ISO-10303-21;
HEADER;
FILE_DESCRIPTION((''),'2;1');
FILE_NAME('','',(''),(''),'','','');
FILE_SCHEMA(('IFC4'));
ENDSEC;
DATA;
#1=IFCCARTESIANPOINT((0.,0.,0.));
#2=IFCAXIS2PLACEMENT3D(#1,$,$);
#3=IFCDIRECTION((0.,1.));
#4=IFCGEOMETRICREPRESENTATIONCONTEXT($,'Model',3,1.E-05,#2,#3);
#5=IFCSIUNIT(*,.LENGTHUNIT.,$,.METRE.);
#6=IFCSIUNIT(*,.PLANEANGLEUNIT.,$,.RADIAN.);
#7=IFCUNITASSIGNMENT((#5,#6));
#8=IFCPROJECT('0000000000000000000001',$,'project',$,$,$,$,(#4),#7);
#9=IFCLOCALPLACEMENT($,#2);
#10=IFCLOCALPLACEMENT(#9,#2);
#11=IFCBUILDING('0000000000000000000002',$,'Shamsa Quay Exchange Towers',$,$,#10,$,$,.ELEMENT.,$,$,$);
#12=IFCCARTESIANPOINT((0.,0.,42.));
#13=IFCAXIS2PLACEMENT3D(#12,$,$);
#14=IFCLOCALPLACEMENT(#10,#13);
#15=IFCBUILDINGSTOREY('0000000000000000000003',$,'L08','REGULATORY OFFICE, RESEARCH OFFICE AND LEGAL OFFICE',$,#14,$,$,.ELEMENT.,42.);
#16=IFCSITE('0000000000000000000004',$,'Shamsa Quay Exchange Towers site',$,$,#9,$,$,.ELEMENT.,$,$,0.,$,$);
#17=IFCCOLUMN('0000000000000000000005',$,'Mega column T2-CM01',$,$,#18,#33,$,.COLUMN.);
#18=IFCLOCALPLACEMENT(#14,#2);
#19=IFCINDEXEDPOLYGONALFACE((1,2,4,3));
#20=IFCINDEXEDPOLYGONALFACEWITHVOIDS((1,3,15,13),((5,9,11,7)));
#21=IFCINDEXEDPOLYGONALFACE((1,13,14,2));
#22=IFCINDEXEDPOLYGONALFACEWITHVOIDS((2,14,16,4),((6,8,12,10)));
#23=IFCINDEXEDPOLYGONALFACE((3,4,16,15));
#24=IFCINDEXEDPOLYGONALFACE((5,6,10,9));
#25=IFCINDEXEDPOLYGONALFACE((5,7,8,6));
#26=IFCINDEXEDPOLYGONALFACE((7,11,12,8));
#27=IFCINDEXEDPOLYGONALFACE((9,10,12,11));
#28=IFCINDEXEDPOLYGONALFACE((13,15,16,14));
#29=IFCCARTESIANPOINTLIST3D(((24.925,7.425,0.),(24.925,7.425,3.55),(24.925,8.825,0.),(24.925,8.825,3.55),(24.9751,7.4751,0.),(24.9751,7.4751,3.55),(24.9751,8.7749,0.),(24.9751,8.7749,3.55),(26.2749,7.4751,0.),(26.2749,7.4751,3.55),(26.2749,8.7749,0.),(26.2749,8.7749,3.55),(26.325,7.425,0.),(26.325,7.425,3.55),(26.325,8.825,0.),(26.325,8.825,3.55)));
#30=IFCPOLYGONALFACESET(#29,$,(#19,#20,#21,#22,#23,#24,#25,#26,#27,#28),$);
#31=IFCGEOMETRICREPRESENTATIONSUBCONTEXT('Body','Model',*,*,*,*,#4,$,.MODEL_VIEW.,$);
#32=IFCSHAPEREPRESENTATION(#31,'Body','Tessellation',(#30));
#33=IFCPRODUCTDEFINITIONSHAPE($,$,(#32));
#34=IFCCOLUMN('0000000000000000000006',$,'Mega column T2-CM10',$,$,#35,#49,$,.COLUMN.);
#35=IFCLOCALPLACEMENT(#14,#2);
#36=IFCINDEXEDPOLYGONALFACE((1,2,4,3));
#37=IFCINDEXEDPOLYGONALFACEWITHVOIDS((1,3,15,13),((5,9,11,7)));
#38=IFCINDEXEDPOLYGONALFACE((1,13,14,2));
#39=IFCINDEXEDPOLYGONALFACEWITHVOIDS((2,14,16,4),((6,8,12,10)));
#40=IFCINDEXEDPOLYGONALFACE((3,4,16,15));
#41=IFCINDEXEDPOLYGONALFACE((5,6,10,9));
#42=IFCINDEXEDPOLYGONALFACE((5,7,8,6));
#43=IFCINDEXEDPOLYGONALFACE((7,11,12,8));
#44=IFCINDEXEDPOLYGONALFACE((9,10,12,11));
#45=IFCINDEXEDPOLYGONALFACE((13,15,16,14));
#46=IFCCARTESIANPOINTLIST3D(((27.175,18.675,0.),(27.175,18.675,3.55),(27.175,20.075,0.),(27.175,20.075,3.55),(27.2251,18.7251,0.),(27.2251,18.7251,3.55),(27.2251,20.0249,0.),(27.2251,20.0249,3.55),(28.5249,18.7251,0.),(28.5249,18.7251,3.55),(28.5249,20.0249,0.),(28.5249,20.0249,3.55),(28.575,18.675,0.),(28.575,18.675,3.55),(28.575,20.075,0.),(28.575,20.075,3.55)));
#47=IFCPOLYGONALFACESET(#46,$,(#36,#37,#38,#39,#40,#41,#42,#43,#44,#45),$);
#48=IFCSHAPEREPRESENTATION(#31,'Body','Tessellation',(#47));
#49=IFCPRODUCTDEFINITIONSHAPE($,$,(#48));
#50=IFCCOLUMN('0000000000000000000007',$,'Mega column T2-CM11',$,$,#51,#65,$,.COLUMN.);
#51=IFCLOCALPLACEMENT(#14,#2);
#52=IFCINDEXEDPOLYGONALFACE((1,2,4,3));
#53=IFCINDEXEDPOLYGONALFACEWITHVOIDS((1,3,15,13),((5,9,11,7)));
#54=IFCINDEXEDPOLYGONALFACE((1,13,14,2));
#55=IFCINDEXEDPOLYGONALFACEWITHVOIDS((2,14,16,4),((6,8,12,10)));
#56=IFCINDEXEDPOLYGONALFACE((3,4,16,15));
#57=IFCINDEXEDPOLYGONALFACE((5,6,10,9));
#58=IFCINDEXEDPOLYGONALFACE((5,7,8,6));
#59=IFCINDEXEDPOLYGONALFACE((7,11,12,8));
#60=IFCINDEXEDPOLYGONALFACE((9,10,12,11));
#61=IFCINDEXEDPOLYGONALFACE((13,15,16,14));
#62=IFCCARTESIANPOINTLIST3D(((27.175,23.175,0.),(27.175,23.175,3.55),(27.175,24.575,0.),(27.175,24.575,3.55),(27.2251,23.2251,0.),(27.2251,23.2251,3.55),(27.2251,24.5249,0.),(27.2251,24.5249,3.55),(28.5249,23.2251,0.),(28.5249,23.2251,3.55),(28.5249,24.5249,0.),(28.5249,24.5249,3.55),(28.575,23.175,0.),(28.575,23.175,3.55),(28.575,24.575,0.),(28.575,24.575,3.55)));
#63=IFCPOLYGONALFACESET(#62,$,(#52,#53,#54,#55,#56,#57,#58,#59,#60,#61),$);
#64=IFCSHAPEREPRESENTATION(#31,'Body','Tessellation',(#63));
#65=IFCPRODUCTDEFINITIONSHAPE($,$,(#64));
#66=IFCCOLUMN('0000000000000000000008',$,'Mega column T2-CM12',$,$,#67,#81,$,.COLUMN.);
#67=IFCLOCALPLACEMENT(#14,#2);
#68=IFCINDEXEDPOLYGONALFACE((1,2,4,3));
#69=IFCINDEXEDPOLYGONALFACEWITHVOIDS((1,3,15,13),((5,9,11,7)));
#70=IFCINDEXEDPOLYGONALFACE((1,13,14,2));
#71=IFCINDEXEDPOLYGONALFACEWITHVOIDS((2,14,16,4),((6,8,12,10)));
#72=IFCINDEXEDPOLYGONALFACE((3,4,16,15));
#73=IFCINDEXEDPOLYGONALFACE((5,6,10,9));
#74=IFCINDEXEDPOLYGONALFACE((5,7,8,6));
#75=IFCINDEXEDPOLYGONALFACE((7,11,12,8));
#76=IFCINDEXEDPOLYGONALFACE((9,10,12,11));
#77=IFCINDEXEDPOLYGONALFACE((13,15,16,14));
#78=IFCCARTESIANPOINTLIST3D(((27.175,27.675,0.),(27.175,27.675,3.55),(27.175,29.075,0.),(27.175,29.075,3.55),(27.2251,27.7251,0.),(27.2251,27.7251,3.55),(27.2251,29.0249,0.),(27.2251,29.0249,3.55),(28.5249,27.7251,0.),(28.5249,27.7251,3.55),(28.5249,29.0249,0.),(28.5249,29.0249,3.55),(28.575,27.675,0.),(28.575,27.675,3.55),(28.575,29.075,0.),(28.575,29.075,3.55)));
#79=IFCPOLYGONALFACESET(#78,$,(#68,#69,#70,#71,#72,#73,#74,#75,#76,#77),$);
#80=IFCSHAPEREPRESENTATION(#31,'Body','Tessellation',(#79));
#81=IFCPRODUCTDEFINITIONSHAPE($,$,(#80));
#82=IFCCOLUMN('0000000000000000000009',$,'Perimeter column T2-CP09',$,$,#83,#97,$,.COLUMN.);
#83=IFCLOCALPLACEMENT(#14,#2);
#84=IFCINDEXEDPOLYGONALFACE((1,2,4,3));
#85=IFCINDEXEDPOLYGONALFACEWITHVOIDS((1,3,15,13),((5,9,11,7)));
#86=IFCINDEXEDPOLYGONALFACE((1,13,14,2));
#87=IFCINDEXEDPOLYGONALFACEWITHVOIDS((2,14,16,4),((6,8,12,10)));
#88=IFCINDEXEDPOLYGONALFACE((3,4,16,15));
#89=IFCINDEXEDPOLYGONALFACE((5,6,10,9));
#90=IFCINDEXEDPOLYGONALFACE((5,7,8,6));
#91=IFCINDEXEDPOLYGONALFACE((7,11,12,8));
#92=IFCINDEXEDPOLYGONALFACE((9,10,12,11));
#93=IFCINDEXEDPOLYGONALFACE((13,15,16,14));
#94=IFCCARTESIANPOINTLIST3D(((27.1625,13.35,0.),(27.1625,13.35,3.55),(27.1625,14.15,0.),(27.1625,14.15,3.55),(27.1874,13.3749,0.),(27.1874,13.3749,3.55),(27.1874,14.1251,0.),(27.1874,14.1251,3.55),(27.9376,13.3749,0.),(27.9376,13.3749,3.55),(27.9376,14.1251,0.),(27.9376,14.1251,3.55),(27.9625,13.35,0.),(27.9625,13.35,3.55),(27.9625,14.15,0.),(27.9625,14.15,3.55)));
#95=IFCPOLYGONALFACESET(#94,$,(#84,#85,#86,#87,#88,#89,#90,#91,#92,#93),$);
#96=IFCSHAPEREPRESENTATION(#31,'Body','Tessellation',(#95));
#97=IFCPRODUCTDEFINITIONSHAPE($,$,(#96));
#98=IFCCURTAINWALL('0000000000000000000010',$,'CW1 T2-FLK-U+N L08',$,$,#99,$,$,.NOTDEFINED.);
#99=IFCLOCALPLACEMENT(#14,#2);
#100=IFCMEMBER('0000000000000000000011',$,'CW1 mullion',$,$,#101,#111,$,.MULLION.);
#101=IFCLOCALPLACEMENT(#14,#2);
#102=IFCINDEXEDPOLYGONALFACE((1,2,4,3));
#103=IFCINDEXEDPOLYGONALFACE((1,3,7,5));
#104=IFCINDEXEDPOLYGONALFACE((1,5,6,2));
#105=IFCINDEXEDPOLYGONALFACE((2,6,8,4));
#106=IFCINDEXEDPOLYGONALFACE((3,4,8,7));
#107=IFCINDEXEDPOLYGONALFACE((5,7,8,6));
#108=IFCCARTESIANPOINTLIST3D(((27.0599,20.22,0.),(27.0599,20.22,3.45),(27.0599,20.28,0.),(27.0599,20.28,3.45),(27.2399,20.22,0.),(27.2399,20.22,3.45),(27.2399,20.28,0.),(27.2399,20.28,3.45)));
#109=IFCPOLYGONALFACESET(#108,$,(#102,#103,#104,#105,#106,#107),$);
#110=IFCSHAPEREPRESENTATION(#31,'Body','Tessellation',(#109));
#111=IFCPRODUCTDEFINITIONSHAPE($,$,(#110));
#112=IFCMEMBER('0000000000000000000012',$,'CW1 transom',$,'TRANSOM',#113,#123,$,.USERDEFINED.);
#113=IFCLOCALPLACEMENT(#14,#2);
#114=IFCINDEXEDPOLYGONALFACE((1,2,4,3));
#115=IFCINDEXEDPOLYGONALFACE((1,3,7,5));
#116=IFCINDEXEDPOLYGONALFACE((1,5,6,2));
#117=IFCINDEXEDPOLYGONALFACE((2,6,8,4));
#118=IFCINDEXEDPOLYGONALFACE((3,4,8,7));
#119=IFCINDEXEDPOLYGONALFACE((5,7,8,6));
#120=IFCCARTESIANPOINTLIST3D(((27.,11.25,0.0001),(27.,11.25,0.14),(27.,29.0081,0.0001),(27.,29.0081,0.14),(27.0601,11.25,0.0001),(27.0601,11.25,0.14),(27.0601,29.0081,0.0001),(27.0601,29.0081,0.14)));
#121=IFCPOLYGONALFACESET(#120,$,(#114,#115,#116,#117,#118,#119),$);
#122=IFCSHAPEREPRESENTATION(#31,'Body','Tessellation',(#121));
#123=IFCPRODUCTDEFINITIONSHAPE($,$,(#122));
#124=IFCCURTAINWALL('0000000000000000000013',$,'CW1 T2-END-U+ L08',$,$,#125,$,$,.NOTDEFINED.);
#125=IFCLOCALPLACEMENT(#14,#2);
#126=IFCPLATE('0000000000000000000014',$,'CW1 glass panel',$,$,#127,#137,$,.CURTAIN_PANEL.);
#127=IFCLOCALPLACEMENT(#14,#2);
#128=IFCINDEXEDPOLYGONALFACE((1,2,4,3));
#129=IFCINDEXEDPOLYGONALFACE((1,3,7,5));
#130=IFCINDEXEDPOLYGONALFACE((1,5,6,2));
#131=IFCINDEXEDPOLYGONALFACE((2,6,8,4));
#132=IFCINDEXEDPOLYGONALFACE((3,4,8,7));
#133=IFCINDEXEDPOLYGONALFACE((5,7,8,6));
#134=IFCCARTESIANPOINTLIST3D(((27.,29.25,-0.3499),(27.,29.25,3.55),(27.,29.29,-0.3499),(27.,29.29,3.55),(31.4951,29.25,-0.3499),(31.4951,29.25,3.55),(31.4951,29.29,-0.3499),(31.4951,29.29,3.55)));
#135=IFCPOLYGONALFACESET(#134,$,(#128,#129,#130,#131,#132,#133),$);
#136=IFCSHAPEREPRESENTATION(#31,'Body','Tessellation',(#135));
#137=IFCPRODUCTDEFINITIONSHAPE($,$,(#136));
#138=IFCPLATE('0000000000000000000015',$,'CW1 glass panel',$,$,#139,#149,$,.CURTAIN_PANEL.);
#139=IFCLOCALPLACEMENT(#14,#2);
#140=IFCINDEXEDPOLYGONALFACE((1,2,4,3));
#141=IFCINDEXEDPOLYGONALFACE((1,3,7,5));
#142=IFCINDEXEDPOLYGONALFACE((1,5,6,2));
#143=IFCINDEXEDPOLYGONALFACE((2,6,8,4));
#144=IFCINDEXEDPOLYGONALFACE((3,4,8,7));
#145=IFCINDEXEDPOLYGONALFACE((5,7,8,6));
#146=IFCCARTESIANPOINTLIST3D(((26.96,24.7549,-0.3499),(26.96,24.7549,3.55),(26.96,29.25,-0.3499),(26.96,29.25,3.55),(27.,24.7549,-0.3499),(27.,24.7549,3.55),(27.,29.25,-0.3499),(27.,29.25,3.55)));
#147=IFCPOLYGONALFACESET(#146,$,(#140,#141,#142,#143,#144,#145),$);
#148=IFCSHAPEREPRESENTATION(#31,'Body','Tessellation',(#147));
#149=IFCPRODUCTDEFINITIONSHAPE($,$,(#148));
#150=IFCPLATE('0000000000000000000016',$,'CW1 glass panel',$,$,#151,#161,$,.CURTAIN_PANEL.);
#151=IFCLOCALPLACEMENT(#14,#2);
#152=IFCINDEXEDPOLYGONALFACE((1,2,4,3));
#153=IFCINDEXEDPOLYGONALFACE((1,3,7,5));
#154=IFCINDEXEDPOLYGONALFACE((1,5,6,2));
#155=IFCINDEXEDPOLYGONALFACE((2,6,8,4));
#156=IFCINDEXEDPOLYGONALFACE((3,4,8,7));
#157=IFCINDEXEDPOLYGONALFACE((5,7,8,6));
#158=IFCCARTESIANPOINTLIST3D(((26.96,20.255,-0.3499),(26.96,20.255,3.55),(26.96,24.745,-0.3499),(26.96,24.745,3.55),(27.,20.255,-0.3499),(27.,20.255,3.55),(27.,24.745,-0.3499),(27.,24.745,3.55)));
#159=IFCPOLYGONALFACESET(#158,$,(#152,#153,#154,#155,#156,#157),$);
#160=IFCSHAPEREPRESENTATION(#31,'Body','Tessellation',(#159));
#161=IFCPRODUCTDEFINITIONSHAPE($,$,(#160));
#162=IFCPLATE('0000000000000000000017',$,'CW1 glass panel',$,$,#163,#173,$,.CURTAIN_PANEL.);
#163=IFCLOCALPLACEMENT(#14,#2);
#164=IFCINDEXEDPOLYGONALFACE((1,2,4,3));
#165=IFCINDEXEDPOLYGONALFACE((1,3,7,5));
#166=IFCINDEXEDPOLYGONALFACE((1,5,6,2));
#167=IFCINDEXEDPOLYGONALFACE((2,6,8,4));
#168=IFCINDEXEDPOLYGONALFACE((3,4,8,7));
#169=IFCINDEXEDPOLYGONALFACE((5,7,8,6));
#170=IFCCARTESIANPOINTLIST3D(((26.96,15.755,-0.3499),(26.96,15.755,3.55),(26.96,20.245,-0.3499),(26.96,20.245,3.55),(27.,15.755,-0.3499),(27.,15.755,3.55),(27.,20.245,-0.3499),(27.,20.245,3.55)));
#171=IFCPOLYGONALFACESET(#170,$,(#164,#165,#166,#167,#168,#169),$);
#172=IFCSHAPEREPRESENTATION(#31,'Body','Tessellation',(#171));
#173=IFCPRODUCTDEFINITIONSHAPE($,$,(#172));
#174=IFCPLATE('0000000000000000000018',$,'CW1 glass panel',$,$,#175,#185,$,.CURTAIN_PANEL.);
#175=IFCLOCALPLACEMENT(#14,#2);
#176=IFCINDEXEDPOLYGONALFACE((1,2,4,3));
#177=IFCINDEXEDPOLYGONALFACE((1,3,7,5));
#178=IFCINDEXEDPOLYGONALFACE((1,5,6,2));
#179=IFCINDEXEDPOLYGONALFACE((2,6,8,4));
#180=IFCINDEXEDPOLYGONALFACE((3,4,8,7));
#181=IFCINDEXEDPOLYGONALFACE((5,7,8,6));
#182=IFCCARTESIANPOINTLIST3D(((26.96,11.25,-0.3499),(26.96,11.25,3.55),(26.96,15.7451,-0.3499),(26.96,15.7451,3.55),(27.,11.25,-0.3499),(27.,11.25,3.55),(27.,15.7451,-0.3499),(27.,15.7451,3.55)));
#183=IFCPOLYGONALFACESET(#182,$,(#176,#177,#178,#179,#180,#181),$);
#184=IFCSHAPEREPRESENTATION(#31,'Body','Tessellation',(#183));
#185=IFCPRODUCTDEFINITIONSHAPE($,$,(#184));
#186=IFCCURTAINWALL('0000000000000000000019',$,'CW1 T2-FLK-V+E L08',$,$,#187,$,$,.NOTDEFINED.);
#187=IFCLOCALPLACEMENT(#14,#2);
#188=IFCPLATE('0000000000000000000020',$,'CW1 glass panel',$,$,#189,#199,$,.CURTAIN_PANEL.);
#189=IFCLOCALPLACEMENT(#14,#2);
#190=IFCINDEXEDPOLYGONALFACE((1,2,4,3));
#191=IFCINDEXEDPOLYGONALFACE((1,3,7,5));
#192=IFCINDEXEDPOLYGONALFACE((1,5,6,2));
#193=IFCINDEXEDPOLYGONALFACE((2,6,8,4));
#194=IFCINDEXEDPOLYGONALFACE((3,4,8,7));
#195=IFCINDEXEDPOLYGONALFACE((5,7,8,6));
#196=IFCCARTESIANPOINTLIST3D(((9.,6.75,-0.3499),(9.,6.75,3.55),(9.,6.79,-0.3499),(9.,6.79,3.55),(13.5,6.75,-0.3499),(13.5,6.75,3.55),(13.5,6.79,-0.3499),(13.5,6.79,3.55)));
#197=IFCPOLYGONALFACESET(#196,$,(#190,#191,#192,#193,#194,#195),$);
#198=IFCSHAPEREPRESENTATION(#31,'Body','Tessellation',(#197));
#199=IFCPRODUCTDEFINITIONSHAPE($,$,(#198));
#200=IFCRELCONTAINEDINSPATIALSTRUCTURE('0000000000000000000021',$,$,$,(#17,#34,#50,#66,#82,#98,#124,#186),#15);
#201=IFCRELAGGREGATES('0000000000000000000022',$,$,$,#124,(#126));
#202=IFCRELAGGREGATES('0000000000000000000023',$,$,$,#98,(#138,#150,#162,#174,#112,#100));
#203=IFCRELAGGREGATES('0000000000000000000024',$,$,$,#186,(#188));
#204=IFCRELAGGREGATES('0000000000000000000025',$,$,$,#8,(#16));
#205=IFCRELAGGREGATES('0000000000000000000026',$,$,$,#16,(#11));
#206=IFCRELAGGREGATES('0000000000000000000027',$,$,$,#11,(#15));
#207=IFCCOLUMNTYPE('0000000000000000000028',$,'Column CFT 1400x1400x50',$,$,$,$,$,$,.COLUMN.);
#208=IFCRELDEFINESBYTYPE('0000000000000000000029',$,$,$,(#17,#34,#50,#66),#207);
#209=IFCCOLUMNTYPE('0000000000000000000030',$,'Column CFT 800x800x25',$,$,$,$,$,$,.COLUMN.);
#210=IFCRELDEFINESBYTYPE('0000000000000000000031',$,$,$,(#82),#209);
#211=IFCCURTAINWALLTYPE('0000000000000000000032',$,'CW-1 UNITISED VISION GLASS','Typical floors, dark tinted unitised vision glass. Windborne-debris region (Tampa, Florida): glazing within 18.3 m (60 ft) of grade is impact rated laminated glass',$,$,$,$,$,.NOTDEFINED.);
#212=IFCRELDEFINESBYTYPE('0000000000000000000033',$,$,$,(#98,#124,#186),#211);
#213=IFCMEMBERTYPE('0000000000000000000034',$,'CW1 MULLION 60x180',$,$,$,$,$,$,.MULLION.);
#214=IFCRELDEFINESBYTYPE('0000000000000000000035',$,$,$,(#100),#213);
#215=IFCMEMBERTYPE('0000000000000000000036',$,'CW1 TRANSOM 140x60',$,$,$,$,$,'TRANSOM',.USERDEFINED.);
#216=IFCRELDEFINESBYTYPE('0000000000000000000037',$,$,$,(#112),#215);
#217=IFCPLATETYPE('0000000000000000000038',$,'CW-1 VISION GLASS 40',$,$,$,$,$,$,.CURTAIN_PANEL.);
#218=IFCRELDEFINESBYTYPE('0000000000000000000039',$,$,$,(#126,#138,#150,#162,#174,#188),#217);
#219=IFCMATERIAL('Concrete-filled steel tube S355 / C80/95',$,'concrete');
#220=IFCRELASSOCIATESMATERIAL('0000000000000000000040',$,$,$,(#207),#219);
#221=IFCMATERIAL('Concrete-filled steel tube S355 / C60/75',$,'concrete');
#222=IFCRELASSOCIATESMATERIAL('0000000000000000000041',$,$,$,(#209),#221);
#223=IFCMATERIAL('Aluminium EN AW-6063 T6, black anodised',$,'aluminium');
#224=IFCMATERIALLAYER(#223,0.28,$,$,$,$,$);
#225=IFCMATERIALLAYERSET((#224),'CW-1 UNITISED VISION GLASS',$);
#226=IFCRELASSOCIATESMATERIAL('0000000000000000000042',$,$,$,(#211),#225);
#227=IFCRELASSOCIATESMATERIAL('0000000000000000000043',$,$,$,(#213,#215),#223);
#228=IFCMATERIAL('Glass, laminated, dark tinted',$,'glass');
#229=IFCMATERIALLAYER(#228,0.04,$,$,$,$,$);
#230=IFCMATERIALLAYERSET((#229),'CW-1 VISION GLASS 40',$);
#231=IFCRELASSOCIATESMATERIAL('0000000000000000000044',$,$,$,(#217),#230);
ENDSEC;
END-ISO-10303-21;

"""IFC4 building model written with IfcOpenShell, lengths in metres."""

from ifc_helpers import new_model, si_unit, direction, frame, origin, origin_2d, place, context, subcontext, project, spatial, rectangle, hollow_rectangle, extrude, material, layer, layer_set, material_profile, profile_set, type_object, element, aggregate, save


model = new_model("IFC4")

# Units and contexts
model_context = context("Model", 3, precision=1e-05, world=origin(), true_north=direction((0.0, 1.0)))
body_context = subcontext(model_context, "Body", "Model", "MODEL_VIEW")
ifc_project = project(units=[si_unit("LENGTHUNIT", "METRE"), si_unit("PLANEANGLEUNIT", "RADIAN")], contexts=[model_context])

# Site, building, storey
site_placement = place(None, origin())
site = spatial("IfcSite", under=ifc_project, at=site_placement, Name="Shamsa Quay Exchange Towers site", CompositionType="ELEMENT", RefElevation=0.0)
building_placement = place(site_placement, origin())
building = spatial("IfcBuilding", under=site, at=building_placement, Name="Shamsa Quay Exchange Towers", CompositionType="ELEMENT")
storey_placement = place(building_placement, frame((0.0, 0.0, 42.0)))
storey = spatial("IfcBuildingStorey", under=building, at=storey_placement, Name="L08", Description="REGULATORY OFFICE, RESEARCH OFFICE AND LEGAL OFFICE", CompositionType="ELEMENT", Elevation=42.0)

# Columns
ifc_material_1 = material(Name="Concrete-filled steel tube S355 / C80/95", Category="concrete")
ifc_material_profile_1 = material_profile(ifc_material_1, hollow_rectangle(XDim=1.3999, YDim=1.3999, WallThickness=0.05, at=origin_2d()), Name="CFT 1400x1400x50")
ifc_profile_set_1 = profile_set([ifc_material_profile_1], Name="Concrete-filled steel tube S355 / C80/95")
column_type_1 = type_object("IfcColumnType", Name="Column CFT 1400x1400x50", PredefinedType="COLUMN", material=ifc_profile_set_1)
for number, where, name in (
    (1, (25.625, 8.125, 0.0), "Mega column T2-CM01"),
    (2, (27.875, 19.375, 0.0), "Mega column T2-CM10"),
    (3, (27.875, 23.875, 0.0), "Mega column T2-CM11"),
    (4, (27.875, 28.375, 0.0), "Mega column T2-CM12"),
):
    element("IfcColumn", number, at=place(storey_placement, frame(where)), inside=storey, type_object=column_type_1, Name=name, PredefinedType="COLUMN", context=body_context, shape_type="SweptSolid", body=[
        extrude(hollow_rectangle(XDim=1.3999, YDim=1.3999, WallThickness=0.05, at=origin_2d()), origin(), (0.0, 0.0, 1.0), 3.55),
    ])
ifc_material_2 = material(Name="Concrete-filled steel tube S355 / C60/75", Category="concrete")
ifc_material_profile_2 = material_profile(ifc_material_2, hollow_rectangle(XDim=0.8, YDim=0.8, WallThickness=0.0249, at=origin_2d()), Name="CFT 800x800x25")
ifc_profile_set_2 = profile_set([ifc_material_profile_2], Name="Concrete-filled steel tube S355 / C60/75")
column_type_2 = type_object("IfcColumnType", Name="Column CFT 800x800x25", PredefinedType="COLUMN", material=ifc_profile_set_2)
column_placement = place(storey_placement, frame((27.5625, 13.75, 0.0)))
element("IfcColumn", 5, at=column_placement, inside=storey, type_object=column_type_2, Name="Perimeter column T2-CP09", PredefinedType="COLUMN", context=body_context, shape_type="SweptSolid", body=[
    extrude(hollow_rectangle(XDim=0.8, YDim=0.8, WallThickness=0.0249, at=origin_2d()), origin(), (0.0, 0.0, 1.0), 3.55),
])

# Curtain wall, members
ifc_material_3 = material(Name="Aluminium EN AW-6063 T6, black anodised", Category="aluminium")
ifc_layer_1 = layer(ifc_material_3, 0.28)
ifc_layer_set_1 = layer_set([ifc_layer_1], Name="CW-1 UNITISED VISION GLASS")
curtain_wall_type_1 = type_object("IfcCurtainWallType", Name="CW-1 UNITISED VISION GLASS", Description="Typical floors, dark tinted unitised vision glass. Windborne-debris region (Tampa, Florida): glazing within 18.3 m (60 ft) of grade is impact rated laminated glass", PredefinedType="NOTDEFINED", material=ifc_layer_set_1)
curtain_wall_1_placement = place(storey_placement, origin())
curtain_wall_1 = element("IfcCurtainWall", 6, at=curtain_wall_1_placement, inside=storey, type_object=curtain_wall_type_1, Name="CW1 T2-FLK-U+N L08", PredefinedType="NOTDEFINED")
ifc_material_profile_3 = material_profile(ifc_material_3, rectangle(XDim=0.1799, YDim=0.0601, at=origin_2d()), Name="MU60x180")
ifc_profile_set_3 = profile_set([ifc_material_profile_3], Name="Aluminium EN AW-6063 T6, black anodised")
member_type_1 = type_object("IfcMemberType", Name="CW1 MULLION 60x180", PredefinedType="MULLION", material=ifc_profile_set_3)
member_1_placement = place(storey_placement, frame((27.1499, 20.25, 0.0)))
member_1 = element("IfcMember", 7, at=member_1_placement, type_object=member_type_1, Name="CW1 mullion", PredefinedType="MULLION", context=body_context, shape_type="SweptSolid", body=[
    extrude(rectangle(XDim=0.1799, YDim=0.0601, at=origin_2d()), origin(), (0.0, 0.0, 1.0), 3.45),
])
ifc_material_profile_4 = material_profile(ifc_material_3, rectangle(XDim=0.0601, YDim=0.1399, at=origin_2d()), Name="TR140x60")
ifc_profile_set_4 = profile_set([ifc_material_profile_4], Name="Aluminium EN AW-6063 T6, black anodised")
member_type_2 = type_object("IfcMemberType", Name="CW1 TRANSOM 140x60", ElementType="TRANSOM", PredefinedType="USERDEFINED", material=ifc_profile_set_4)
member_2_placement = place(storey_placement, frame((27.03, 29.0081, 0.0701), z_axis=(0.0, -1.0, 0.0), x_axis=(1.0, 0.0, 0.0)))
member_2 = element("IfcMember", 8, at=member_2_placement, type_object=member_type_2, Name="CW1 transom", ObjectType="TRANSOM", PredefinedType="USERDEFINED", context=body_context, shape_type="SweptSolid", body=[
    extrude(rectangle(XDim=0.0601, YDim=0.1399, at=origin_2d()), origin(), (0.0, 0.0, 1.0), 17.7581),
])

# Curtain wall, plate
curtain_wall_2_placement = place(storey_placement, origin())
curtain_wall_2 = element("IfcCurtainWall", 9, at=curtain_wall_2_placement, inside=storey, type_object=curtain_wall_type_1, Name="CW1 T2-END-U+ L08", PredefinedType="NOTDEFINED")
ifc_material_4 = material(Name="Glass, laminated, dark tinted", Category="glass")
ifc_layer_2 = layer(ifc_material_4, 0.04)
ifc_layer_set_2 = layer_set([ifc_layer_2], Name="CW-1 VISION GLASS 40")
plate_type_1 = type_object("IfcPlateType", Name="CW-1 VISION GLASS 40", PredefinedType="CURTAIN_PANEL", material=ifc_layer_set_2)
plate_1_placement = place(storey_placement, frame((29.2476, 29.27, -0.3499), z_axis=(0.0, 0.0, 1.0), x_axis=(-1.0, 0.0, 0.0)))
plate_1 = element("IfcPlate", 10, at=plate_1_placement, type_object=plate_type_1, Name="CW1 glass panel", PredefinedType="CURTAIN_PANEL", context=body_context, shape_type="SweptSolid", body=[
    extrude(rectangle(XDim=4.4951, YDim=0.04, at=origin_2d()), origin(), (0.0, 0.0, 1.0), 3.8999),
])
aggregate(curtain_wall_2, [plate_1])

# Plates
plate_2_placement = place(storey_placement, frame((26.98, 27.0024, -0.3499), z_axis=(0.0, 0.0, 1.0), x_axis=(0.0, -1.0, 0.0)))
plate_2 = element("IfcPlate", 11, at=plate_2_placement, type_object=plate_type_1, Name="CW1 glass panel", PredefinedType="CURTAIN_PANEL", context=body_context, shape_type="SweptSolid", body=[
    extrude(rectangle(XDim=4.4951, YDim=0.04, at=origin_2d()), origin(), (0.0, 0.0, 1.0), 3.8999),
])
plate_3_placement = place(storey_placement, frame((26.98, 22.5, -0.3499), z_axis=(0.0, 0.0, 1.0), x_axis=(0.0, -1.0, 0.0)))
plate_3 = element("IfcPlate", 12, at=plate_3_placement, type_object=plate_type_1, Name="CW1 glass panel", PredefinedType="CURTAIN_PANEL", context=body_context, shape_type="SweptSolid", body=[
    extrude(rectangle(XDim=4.49, YDim=0.04, at=origin_2d()), origin(), (0.0, 0.0, 1.0), 3.8999),
])
plate_4_placement = place(storey_placement, frame((26.98, 18.0, -0.3499), z_axis=(0.0, 0.0, 1.0), x_axis=(0.0, -1.0, 0.0)))
plate_4 = element("IfcPlate", 13, at=plate_4_placement, type_object=plate_type_1, Name="CW1 glass panel", PredefinedType="CURTAIN_PANEL", context=body_context, shape_type="SweptSolid", body=[
    extrude(rectangle(XDim=4.49, YDim=0.04, at=origin_2d()), origin(), (0.0, 0.0, 1.0), 3.8999),
])
plate_5_placement = place(storey_placement, frame((26.98, 13.4976, -0.3499), z_axis=(0.0, 0.0, 1.0), x_axis=(0.0, -1.0, 0.0)))
plate_5 = element("IfcPlate", 14, at=plate_5_placement, type_object=plate_type_1, Name="CW1 glass panel", PredefinedType="CURTAIN_PANEL", context=body_context, shape_type="SweptSolid", body=[
    extrude(rectangle(XDim=4.4951, YDim=0.04, at=origin_2d()), origin(), (0.0, 0.0, 1.0), 3.8999),
])
aggregate(curtain_wall_1, [plate_2, plate_3, plate_4, plate_5, member_2, member_1])

# Curtain wall, plate
curtain_wall_3_placement = place(storey_placement, origin())
curtain_wall_3 = element("IfcCurtainWall", 15, at=curtain_wall_3_placement, inside=storey, type_object=curtain_wall_type_1, Name="CW1 T2-FLK-V+E L08", PredefinedType="NOTDEFINED")
plate_6_placement = place(storey_placement, frame((11.25, 6.77, -0.3499), z_axis=(0.0, 0.0, 1.0), x_axis=(-1.0, 0.0, 0.0)))
plate_6 = element("IfcPlate", 16, at=plate_6_placement, type_object=plate_type_1, Name="CW1 glass panel", PredefinedType="CURTAIN_PANEL", context=body_context, shape_type="SweptSolid", body=[
    extrude(rectangle(XDim=4.5, YDim=0.04, at=origin_2d()), origin(), (0.0, 0.0, 1.0), 3.8999),
])
aggregate(curtain_wall_3, [plate_6])

save(model, "model.ifc")
